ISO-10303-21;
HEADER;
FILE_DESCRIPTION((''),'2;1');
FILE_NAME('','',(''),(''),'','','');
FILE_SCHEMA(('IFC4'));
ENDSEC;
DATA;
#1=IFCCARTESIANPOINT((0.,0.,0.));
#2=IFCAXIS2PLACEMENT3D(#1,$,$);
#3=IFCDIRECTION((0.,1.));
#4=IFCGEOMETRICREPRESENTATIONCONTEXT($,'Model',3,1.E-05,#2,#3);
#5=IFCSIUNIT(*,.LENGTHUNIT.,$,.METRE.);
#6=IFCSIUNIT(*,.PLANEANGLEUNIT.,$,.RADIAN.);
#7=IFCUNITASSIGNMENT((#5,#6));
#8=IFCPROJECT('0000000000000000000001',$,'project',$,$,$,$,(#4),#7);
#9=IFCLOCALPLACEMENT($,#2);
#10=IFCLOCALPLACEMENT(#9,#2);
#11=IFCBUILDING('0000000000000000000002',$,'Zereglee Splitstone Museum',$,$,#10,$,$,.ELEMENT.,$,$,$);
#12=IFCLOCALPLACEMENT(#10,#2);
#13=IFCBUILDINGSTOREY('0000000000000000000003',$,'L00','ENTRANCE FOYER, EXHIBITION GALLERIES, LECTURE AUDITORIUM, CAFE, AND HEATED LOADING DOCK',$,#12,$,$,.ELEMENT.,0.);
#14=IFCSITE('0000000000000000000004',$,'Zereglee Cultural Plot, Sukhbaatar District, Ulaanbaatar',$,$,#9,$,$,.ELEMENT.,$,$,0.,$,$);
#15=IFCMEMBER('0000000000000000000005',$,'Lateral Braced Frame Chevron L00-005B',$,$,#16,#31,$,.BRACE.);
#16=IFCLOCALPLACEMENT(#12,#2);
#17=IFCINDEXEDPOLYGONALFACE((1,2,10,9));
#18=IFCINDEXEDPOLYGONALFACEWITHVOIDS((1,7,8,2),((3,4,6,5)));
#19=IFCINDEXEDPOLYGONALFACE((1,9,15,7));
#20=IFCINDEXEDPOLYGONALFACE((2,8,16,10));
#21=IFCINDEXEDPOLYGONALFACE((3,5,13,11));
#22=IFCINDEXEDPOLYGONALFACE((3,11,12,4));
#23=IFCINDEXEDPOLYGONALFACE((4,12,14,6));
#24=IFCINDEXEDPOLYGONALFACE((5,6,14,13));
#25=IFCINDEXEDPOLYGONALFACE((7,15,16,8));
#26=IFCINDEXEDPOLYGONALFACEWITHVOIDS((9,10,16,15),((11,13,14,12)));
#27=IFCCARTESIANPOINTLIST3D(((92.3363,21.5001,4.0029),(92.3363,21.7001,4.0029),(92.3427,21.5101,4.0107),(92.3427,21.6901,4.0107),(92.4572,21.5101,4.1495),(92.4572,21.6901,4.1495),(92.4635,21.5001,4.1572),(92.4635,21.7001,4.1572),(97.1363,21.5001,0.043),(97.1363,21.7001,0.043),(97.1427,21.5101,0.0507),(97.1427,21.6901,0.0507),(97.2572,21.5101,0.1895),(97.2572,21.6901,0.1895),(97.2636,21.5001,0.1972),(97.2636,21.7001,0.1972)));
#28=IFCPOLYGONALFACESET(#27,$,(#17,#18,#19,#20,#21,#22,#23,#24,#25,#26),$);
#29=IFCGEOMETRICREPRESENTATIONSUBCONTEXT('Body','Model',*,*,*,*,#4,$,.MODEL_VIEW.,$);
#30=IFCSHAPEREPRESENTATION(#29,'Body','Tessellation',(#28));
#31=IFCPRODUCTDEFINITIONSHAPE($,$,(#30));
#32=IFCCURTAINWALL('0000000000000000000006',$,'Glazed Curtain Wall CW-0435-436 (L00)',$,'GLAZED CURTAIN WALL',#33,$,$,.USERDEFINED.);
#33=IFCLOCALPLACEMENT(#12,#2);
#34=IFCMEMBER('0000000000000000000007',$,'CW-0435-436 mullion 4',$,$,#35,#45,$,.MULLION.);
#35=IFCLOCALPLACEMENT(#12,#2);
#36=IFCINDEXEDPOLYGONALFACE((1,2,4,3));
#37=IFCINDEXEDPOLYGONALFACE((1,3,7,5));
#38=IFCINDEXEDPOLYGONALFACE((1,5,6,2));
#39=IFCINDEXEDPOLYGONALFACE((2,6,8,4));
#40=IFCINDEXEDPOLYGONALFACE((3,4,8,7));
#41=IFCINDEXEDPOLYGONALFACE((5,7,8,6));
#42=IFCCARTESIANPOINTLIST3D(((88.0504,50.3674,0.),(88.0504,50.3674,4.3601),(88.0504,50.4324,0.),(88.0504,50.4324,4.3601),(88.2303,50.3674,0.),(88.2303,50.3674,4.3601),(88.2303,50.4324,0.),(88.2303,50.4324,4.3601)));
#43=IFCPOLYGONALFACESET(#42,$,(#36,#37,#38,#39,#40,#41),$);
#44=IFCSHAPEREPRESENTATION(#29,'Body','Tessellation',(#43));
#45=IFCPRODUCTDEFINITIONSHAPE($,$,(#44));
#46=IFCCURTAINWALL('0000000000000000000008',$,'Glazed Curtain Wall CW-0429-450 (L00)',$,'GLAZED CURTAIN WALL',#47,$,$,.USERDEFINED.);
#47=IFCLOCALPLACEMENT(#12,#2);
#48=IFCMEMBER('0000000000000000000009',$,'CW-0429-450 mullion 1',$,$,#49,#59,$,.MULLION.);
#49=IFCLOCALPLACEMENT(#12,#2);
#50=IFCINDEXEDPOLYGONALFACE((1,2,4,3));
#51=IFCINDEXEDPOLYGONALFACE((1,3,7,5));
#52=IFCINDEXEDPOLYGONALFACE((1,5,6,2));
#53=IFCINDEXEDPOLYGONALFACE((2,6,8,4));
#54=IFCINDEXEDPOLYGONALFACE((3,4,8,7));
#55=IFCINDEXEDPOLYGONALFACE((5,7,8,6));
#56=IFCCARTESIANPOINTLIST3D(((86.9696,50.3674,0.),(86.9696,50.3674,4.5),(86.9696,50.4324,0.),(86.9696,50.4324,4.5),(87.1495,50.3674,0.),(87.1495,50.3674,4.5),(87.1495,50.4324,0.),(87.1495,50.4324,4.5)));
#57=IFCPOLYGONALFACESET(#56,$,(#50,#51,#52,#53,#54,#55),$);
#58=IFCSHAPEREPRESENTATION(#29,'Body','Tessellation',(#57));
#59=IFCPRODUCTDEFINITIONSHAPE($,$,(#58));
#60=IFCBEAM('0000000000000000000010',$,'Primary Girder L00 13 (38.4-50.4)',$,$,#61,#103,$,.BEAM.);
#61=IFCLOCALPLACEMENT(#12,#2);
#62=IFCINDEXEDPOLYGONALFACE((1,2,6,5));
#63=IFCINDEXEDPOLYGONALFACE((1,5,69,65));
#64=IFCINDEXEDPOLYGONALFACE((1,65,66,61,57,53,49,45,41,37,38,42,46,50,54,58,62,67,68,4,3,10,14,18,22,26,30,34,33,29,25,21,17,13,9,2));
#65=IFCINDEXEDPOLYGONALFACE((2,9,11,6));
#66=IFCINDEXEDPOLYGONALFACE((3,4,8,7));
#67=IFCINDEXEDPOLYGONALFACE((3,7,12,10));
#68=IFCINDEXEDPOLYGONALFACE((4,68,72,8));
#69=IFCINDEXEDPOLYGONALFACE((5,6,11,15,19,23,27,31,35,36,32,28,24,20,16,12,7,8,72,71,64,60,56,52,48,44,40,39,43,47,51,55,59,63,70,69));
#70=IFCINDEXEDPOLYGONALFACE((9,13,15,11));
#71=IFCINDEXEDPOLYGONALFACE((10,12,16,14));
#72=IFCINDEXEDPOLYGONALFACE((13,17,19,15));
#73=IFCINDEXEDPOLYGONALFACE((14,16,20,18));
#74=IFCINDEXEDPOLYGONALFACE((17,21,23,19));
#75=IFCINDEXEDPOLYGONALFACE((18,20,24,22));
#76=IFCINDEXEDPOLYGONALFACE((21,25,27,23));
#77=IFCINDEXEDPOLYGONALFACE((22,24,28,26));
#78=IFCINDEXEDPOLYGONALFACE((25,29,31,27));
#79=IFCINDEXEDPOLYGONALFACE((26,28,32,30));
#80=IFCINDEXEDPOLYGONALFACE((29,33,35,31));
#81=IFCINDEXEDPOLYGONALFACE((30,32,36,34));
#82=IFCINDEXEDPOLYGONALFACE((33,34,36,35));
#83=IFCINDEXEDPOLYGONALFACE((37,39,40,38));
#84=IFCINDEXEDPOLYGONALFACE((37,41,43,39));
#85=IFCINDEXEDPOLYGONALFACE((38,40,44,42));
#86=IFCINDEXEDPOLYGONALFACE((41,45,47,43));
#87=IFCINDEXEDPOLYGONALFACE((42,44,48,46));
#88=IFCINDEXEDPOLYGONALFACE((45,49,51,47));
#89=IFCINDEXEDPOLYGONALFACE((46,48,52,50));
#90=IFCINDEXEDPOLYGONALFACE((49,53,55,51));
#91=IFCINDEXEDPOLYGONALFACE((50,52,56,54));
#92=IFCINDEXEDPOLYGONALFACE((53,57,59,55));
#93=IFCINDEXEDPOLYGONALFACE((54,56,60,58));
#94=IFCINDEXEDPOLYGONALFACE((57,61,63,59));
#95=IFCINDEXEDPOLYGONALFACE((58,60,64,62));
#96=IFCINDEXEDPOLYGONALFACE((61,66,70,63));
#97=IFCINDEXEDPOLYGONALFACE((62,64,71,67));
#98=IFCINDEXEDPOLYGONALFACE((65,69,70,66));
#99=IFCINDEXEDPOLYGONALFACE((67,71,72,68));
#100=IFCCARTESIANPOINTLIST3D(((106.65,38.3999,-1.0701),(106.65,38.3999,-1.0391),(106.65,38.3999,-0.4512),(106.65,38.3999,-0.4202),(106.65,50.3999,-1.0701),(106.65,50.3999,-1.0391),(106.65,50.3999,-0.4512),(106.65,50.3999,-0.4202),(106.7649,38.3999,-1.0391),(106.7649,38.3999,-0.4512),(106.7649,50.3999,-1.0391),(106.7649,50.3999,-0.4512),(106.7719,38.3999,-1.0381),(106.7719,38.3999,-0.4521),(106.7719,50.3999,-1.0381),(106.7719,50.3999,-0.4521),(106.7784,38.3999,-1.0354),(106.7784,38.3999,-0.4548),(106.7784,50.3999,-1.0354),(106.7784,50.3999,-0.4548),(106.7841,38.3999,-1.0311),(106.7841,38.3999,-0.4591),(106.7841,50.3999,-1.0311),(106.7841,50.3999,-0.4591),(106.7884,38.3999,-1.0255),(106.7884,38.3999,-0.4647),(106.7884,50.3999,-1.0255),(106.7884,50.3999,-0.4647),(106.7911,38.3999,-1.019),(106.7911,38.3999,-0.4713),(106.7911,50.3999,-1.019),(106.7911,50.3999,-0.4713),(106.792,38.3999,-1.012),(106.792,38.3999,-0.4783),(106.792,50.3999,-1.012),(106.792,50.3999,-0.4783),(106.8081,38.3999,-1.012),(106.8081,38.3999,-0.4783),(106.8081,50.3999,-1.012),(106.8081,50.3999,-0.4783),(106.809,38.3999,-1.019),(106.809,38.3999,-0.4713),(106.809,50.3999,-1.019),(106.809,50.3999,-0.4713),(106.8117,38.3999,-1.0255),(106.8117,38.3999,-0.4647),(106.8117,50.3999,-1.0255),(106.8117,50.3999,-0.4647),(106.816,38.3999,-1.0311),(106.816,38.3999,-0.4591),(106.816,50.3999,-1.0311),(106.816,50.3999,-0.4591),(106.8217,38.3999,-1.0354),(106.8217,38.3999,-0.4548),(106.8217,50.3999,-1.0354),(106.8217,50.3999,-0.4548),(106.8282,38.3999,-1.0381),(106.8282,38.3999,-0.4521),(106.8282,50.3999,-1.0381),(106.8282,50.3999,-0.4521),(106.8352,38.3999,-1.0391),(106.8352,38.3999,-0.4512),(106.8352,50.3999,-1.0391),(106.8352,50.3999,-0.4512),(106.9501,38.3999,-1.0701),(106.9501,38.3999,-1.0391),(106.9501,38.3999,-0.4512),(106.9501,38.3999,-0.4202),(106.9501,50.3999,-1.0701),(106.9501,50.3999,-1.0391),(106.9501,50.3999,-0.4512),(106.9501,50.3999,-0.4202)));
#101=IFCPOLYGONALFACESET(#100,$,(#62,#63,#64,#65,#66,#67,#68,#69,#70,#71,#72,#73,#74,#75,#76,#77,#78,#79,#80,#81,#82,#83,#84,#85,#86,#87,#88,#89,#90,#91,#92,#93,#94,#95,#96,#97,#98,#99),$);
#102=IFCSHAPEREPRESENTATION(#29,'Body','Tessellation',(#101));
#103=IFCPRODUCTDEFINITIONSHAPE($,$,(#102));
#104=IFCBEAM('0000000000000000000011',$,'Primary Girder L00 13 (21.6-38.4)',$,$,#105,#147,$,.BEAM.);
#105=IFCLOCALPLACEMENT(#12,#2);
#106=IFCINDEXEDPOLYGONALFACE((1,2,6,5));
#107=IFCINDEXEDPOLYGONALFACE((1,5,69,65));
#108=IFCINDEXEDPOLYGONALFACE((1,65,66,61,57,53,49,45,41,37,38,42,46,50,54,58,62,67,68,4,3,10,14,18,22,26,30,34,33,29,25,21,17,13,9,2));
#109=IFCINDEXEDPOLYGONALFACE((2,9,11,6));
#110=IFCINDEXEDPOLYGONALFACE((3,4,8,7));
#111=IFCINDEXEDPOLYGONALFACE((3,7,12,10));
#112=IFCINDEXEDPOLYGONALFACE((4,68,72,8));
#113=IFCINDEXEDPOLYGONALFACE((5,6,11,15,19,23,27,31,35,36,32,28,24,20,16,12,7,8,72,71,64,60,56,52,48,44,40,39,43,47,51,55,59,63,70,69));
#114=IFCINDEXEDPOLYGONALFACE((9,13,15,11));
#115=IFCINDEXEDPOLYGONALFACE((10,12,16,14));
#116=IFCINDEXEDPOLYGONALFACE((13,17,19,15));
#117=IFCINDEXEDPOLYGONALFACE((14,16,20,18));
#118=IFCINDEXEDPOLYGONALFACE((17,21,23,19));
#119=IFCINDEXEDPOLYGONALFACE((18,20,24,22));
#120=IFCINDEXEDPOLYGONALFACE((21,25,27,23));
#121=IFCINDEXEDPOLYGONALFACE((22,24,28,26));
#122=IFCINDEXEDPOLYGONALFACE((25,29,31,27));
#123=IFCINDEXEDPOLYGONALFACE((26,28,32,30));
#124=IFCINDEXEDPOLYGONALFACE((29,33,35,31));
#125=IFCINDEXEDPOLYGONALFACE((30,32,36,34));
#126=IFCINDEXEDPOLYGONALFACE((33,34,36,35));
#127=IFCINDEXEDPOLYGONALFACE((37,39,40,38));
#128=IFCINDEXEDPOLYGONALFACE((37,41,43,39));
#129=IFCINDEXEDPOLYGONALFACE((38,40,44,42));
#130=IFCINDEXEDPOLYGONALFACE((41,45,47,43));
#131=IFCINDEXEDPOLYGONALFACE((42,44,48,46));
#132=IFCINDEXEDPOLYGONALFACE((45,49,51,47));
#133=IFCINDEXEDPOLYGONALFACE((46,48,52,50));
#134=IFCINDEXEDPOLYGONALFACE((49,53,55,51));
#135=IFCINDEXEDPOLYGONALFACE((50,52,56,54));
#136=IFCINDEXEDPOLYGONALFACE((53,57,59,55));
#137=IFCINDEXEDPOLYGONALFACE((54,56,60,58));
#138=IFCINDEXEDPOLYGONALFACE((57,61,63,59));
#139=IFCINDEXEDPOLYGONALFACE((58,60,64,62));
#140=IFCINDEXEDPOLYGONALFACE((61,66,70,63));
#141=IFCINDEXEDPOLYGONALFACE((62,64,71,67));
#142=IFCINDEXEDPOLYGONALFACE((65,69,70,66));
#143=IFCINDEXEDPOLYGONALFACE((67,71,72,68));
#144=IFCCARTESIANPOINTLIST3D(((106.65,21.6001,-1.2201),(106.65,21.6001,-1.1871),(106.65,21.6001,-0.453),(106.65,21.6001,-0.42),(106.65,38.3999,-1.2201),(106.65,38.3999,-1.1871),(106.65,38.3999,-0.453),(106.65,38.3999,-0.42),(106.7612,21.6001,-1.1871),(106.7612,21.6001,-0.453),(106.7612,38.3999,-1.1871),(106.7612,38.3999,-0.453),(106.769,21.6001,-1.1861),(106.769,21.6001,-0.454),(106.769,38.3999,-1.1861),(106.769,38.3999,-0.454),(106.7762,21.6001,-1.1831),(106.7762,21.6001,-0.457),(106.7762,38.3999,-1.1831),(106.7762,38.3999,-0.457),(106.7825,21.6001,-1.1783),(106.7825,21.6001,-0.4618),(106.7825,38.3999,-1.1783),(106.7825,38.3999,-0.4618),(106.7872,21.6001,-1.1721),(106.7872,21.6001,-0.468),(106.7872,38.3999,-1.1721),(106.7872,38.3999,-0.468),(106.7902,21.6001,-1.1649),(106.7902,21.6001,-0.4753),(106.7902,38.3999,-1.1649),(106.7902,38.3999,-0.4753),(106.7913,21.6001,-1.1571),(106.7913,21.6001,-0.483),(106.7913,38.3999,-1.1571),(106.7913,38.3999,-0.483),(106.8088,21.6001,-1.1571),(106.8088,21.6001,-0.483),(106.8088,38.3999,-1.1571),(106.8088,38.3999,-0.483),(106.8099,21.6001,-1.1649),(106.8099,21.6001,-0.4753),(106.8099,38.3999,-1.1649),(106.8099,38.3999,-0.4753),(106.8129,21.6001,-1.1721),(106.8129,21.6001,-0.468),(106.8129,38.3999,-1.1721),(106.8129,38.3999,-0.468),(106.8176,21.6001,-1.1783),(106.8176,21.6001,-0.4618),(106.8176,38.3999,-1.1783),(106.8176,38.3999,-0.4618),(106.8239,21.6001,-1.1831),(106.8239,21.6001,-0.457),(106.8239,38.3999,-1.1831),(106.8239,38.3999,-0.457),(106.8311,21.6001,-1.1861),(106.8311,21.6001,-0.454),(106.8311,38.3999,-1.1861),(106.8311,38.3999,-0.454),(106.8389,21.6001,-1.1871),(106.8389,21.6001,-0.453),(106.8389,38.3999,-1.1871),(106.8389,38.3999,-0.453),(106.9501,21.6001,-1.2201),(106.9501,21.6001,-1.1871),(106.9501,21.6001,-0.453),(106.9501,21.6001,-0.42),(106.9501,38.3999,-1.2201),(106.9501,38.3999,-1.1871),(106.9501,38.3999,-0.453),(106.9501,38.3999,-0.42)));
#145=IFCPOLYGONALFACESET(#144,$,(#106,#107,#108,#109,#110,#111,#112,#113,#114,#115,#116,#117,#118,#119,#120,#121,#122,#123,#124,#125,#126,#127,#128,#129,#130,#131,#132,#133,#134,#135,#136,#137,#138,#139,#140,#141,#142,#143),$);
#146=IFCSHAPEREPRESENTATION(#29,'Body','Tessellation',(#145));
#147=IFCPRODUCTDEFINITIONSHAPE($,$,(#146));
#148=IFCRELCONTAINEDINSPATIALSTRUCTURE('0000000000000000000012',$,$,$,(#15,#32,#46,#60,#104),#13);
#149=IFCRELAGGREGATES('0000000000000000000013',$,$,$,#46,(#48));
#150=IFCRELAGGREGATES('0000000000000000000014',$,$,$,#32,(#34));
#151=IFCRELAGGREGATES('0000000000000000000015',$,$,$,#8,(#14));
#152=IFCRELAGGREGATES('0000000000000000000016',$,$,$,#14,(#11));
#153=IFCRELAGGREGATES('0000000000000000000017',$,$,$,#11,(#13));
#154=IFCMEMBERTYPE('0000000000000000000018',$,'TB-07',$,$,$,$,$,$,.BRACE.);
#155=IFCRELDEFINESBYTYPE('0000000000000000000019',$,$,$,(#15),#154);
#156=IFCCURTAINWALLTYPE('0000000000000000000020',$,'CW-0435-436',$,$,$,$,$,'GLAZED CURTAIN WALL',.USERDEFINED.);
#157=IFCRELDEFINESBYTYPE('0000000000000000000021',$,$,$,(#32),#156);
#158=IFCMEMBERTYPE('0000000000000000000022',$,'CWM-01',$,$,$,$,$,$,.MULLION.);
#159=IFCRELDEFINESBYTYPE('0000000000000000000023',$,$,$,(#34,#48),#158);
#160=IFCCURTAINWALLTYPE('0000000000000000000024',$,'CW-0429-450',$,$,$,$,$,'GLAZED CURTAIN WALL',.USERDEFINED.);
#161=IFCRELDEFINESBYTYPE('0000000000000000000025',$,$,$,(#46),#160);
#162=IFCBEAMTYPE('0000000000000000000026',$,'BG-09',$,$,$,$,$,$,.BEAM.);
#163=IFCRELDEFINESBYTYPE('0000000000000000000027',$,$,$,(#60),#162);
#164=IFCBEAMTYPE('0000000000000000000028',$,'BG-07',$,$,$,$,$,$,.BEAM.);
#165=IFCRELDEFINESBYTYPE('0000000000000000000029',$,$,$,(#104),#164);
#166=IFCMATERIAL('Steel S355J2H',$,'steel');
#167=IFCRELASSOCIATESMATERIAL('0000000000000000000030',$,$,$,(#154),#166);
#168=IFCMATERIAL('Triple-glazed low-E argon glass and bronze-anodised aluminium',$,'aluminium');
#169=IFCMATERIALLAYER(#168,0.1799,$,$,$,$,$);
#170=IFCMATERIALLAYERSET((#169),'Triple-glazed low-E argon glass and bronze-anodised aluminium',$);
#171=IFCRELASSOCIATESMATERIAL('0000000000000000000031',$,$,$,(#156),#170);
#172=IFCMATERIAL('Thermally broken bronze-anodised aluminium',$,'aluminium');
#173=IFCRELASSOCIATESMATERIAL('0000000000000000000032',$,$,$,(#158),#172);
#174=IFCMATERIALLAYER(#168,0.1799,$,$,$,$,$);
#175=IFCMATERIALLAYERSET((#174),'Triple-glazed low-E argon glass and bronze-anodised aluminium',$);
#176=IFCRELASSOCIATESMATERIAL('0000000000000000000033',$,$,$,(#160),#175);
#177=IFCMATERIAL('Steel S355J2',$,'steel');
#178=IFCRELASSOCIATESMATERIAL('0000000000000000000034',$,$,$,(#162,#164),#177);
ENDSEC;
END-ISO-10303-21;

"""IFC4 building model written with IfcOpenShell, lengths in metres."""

from ifc_helpers import new_model, si_unit, direction, frame, origin, origin_2d, place, context, subcontext, project, spatial, rectangle, hollow_rectangle, i_section, extrude, material, layer, layer_set, material_profile, profile_set, type_object, element, aggregate, save


model = new_model("IFC4")

# Units and contexts
model_context = context("Model", 3, precision=1e-05, world=origin(), true_north=direction((0.0, 1.0)))
body_context = subcontext(model_context, "Body", "Model", "MODEL_VIEW")
ifc_project = project(units=[si_unit("LENGTHUNIT", "METRE"), si_unit("PLANEANGLEUNIT", "RADIAN")], contexts=[model_context])

# Site, building, storey
site_placement = place(None, origin())
site = spatial("IfcSite", under=ifc_project, at=site_placement, Name="Zereglee Cultural Plot, Sukhbaatar District, Ulaanbaatar", CompositionType="ELEMENT", RefElevation=0.0)
building_placement = place(site_placement, origin())
building = spatial("IfcBuilding", under=site, at=building_placement, Name="Zereglee Splitstone Museum", CompositionType="ELEMENT")
storey_placement = place(building_placement, origin())
storey = spatial("IfcBuildingStorey", under=building, at=storey_placement, Name="L00", Description="ENTRANCE FOYER, EXHIBITION GALLERIES, LECTURE AUDITORIUM, CAFE, AND HEATED LOADING DOCK", CompositionType="ELEMENT", Elevation=0.0)

# Member
ifc_material_1 = material(Name="Steel S355J2H", Category="steel")
ifc_material_profile_1 = material_profile(ifc_material_1, hollow_rectangle(XDim=0.2, YDim=0.2, WallThickness=0.01, at=origin_2d()), Name="SHS 200x200x10")
ifc_profile_set_1 = profile_set([ifc_material_profile_1], Name="Steel S355J2H")
member_type_1 = type_object("IfcMemberType", Name="TB-07", PredefinedType="BRACE", material=ifc_profile_set_1)
member_1_placement = place(storey_placement, frame((97.2, 21.6001, 0.1201), z_axis=(-0.77138, 0.0, 0.636375), x_axis=(0.0, -1.0, 0.0)))
element("IfcMember", 1, at=member_1_placement, inside=storey, type_object=member_type_1, Name="Lateral Braced Frame Chevron L00-005B", PredefinedType="BRACE", context=body_context, shape_type="SweptSolid", body=[
    extrude(hollow_rectangle(XDim=0.2, YDim=0.2, WallThickness=0.01, at=origin_2d()), origin(), (0.0, 0.0, 1.0), 6.2227),
])

# Curtain walls, members
ifc_material_2 = material(Name="Triple-glazed low-E argon glass and bronze-anodised aluminium", Category="aluminium")
ifc_layer_1 = layer(ifc_material_2, 0.1799)
ifc_layer_set_1 = layer_set([ifc_layer_1], Name="Triple-glazed low-E argon glass and bronze-anodised aluminium")
curtain_wall_type_1 = type_object("IfcCurtainWallType", Name="CW-0435-436", ElementType="GLAZED CURTAIN WALL", PredefinedType="USERDEFINED", material=ifc_layer_set_1)
curtain_wall_1_placement = place(storey_placement, origin())
curtain_wall_1 = element("IfcCurtainWall", 2, at=curtain_wall_1_placement, inside=storey, type_object=curtain_wall_type_1, Name="Glazed Curtain Wall CW-0435-436 (L00)", ObjectType="GLAZED CURTAIN WALL", PredefinedType="USERDEFINED")
ifc_material_3 = material(Name="Thermally broken bronze-anodised aluminium", Category="aluminium")
ifc_material_profile_2 = material_profile(ifc_material_3, rectangle(XDim=0.0649, YDim=0.1799, at=origin_2d()), Name="CW MULL 65x180")
ifc_profile_set_2 = profile_set([ifc_material_profile_2], Name="Thermally broken bronze-anodised aluminium")
member_type_2 = type_object("IfcMemberType", Name="CWM-01", PredefinedType="MULLION", material=ifc_profile_set_2)
member_2_placement = place(storey_placement, frame((88.1404, 50.3999, 0.0), z_axis=(0.0, 0.0, 1.0), x_axis=(0.0, -1.0, 0.0)))
member_2 = element("IfcMember", 3, at=member_2_placement, type_object=member_type_2, Name="CW-0435-436 mullion 4", PredefinedType="MULLION", context=body_context, shape_type="SweptSolid", body=[
    extrude(rectangle(XDim=0.0649, YDim=0.1799, at=origin_2d()), origin(), (0.0, 0.0, 1.0), 4.3601),
])
ifc_layer_2 = layer(ifc_material_2, 0.1799)
ifc_layer_set_2 = layer_set([ifc_layer_2], Name="Triple-glazed low-E argon glass and bronze-anodised aluminium")
curtain_wall_type_2 = type_object("IfcCurtainWallType", Name="CW-0429-450", ElementType="GLAZED CURTAIN WALL", PredefinedType="USERDEFINED", material=ifc_layer_set_2)
curtain_wall_2_placement = place(storey_placement, origin())
curtain_wall_2 = element("IfcCurtainWall", 4, at=curtain_wall_2_placement, inside=storey, type_object=curtain_wall_type_2, Name="Glazed Curtain Wall CW-0429-450 (L00)", ObjectType="GLAZED CURTAIN WALL", PredefinedType="USERDEFINED")
member_3_placement = place(storey_placement, frame((87.0596, 50.3999, 0.0), z_axis=(0.0, 0.0, 1.0), x_axis=(0.0, -1.0, 0.0)))
member_3 = element("IfcMember", 5, at=member_3_placement, type_object=member_type_2, Name="CW-0429-450 mullion 1", PredefinedType="MULLION", context=body_context, shape_type="SweptSolid", body=[
    extrude(rectangle(XDim=0.0649, YDim=0.1799, at=origin_2d()), origin(), (0.0, 0.0, 1.0), 4.5),
])
aggregate(curtain_wall_2, [member_3])

# Beams
ifc_material_4 = material(Name="Steel S355J2", Category="steel")
ifc_material_profile_3 = material_profile(ifc_material_4, i_section(OverallWidth=0.3, OverallDepth=0.6499, WebThickness=0.0161, FlangeThickness=0.031, FilletRadius=0.0271, at=origin_2d()), Name="HE 650 B")
ifc_profile_set_3 = profile_set([ifc_material_profile_3], Name="Steel S355J2")
beam_type_1 = type_object("IfcBeamType", Name="BG-09", PredefinedType="BEAM", material=ifc_profile_set_3)
beam_1_placement = place(storey_placement, frame((106.8, 38.3999, -0.7451), z_axis=(0.0, 1.0, 0.0), x_axis=(-1.0, 0.0, 0.0)))
element("IfcBeam", 6, at=beam_1_placement, inside=storey, type_object=beam_type_1, Name="Primary Girder L00 13 (38.4-50.4)", PredefinedType="BEAM", context=body_context, shape_type="SweptSolid", body=[
    extrude(i_section(OverallWidth=0.3, OverallDepth=0.6499, WebThickness=0.0161, FlangeThickness=0.031, FilletRadius=0.0271, at=origin_2d()), origin(), (0.0, 0.0, 1.0), 12.0),
])
ifc_material_profile_4 = material_profile(ifc_material_4, i_section(OverallWidth=0.3, OverallDepth=0.8, WebThickness=0.0176, FlangeThickness=0.033, FilletRadius=0.03, at=origin_2d()), Name="HE 800 B")
ifc_profile_set_4 = profile_set([ifc_material_profile_4], Name="Steel S355J2")
beam_type_2 = type_object("IfcBeamType", Name="BG-07", PredefinedType="BEAM", material=ifc_profile_set_4)
beam_2_placement = place(storey_placement, frame((106.8, 21.6001, -0.8201), z_axis=(0.0, 1.0, 0.0), x_axis=(-1.0, 0.0, 0.0)))
element("IfcBeam", 7, at=beam_2_placement, inside=storey, type_object=beam_type_2, Name="Primary Girder L00 13 (21.6-38.4)", PredefinedType="BEAM", context=body_context, shape_type="SweptSolid", body=[
    extrude(i_section(OverallWidth=0.3, OverallDepth=0.8, WebThickness=0.0176, FlangeThickness=0.033, FilletRadius=0.03, at=origin_2d()), origin(), (0.0, 0.0, 1.0), 16.7998),
])

aggregate(curtain_wall_1, [member_2])

save(model, "model.ifc")
